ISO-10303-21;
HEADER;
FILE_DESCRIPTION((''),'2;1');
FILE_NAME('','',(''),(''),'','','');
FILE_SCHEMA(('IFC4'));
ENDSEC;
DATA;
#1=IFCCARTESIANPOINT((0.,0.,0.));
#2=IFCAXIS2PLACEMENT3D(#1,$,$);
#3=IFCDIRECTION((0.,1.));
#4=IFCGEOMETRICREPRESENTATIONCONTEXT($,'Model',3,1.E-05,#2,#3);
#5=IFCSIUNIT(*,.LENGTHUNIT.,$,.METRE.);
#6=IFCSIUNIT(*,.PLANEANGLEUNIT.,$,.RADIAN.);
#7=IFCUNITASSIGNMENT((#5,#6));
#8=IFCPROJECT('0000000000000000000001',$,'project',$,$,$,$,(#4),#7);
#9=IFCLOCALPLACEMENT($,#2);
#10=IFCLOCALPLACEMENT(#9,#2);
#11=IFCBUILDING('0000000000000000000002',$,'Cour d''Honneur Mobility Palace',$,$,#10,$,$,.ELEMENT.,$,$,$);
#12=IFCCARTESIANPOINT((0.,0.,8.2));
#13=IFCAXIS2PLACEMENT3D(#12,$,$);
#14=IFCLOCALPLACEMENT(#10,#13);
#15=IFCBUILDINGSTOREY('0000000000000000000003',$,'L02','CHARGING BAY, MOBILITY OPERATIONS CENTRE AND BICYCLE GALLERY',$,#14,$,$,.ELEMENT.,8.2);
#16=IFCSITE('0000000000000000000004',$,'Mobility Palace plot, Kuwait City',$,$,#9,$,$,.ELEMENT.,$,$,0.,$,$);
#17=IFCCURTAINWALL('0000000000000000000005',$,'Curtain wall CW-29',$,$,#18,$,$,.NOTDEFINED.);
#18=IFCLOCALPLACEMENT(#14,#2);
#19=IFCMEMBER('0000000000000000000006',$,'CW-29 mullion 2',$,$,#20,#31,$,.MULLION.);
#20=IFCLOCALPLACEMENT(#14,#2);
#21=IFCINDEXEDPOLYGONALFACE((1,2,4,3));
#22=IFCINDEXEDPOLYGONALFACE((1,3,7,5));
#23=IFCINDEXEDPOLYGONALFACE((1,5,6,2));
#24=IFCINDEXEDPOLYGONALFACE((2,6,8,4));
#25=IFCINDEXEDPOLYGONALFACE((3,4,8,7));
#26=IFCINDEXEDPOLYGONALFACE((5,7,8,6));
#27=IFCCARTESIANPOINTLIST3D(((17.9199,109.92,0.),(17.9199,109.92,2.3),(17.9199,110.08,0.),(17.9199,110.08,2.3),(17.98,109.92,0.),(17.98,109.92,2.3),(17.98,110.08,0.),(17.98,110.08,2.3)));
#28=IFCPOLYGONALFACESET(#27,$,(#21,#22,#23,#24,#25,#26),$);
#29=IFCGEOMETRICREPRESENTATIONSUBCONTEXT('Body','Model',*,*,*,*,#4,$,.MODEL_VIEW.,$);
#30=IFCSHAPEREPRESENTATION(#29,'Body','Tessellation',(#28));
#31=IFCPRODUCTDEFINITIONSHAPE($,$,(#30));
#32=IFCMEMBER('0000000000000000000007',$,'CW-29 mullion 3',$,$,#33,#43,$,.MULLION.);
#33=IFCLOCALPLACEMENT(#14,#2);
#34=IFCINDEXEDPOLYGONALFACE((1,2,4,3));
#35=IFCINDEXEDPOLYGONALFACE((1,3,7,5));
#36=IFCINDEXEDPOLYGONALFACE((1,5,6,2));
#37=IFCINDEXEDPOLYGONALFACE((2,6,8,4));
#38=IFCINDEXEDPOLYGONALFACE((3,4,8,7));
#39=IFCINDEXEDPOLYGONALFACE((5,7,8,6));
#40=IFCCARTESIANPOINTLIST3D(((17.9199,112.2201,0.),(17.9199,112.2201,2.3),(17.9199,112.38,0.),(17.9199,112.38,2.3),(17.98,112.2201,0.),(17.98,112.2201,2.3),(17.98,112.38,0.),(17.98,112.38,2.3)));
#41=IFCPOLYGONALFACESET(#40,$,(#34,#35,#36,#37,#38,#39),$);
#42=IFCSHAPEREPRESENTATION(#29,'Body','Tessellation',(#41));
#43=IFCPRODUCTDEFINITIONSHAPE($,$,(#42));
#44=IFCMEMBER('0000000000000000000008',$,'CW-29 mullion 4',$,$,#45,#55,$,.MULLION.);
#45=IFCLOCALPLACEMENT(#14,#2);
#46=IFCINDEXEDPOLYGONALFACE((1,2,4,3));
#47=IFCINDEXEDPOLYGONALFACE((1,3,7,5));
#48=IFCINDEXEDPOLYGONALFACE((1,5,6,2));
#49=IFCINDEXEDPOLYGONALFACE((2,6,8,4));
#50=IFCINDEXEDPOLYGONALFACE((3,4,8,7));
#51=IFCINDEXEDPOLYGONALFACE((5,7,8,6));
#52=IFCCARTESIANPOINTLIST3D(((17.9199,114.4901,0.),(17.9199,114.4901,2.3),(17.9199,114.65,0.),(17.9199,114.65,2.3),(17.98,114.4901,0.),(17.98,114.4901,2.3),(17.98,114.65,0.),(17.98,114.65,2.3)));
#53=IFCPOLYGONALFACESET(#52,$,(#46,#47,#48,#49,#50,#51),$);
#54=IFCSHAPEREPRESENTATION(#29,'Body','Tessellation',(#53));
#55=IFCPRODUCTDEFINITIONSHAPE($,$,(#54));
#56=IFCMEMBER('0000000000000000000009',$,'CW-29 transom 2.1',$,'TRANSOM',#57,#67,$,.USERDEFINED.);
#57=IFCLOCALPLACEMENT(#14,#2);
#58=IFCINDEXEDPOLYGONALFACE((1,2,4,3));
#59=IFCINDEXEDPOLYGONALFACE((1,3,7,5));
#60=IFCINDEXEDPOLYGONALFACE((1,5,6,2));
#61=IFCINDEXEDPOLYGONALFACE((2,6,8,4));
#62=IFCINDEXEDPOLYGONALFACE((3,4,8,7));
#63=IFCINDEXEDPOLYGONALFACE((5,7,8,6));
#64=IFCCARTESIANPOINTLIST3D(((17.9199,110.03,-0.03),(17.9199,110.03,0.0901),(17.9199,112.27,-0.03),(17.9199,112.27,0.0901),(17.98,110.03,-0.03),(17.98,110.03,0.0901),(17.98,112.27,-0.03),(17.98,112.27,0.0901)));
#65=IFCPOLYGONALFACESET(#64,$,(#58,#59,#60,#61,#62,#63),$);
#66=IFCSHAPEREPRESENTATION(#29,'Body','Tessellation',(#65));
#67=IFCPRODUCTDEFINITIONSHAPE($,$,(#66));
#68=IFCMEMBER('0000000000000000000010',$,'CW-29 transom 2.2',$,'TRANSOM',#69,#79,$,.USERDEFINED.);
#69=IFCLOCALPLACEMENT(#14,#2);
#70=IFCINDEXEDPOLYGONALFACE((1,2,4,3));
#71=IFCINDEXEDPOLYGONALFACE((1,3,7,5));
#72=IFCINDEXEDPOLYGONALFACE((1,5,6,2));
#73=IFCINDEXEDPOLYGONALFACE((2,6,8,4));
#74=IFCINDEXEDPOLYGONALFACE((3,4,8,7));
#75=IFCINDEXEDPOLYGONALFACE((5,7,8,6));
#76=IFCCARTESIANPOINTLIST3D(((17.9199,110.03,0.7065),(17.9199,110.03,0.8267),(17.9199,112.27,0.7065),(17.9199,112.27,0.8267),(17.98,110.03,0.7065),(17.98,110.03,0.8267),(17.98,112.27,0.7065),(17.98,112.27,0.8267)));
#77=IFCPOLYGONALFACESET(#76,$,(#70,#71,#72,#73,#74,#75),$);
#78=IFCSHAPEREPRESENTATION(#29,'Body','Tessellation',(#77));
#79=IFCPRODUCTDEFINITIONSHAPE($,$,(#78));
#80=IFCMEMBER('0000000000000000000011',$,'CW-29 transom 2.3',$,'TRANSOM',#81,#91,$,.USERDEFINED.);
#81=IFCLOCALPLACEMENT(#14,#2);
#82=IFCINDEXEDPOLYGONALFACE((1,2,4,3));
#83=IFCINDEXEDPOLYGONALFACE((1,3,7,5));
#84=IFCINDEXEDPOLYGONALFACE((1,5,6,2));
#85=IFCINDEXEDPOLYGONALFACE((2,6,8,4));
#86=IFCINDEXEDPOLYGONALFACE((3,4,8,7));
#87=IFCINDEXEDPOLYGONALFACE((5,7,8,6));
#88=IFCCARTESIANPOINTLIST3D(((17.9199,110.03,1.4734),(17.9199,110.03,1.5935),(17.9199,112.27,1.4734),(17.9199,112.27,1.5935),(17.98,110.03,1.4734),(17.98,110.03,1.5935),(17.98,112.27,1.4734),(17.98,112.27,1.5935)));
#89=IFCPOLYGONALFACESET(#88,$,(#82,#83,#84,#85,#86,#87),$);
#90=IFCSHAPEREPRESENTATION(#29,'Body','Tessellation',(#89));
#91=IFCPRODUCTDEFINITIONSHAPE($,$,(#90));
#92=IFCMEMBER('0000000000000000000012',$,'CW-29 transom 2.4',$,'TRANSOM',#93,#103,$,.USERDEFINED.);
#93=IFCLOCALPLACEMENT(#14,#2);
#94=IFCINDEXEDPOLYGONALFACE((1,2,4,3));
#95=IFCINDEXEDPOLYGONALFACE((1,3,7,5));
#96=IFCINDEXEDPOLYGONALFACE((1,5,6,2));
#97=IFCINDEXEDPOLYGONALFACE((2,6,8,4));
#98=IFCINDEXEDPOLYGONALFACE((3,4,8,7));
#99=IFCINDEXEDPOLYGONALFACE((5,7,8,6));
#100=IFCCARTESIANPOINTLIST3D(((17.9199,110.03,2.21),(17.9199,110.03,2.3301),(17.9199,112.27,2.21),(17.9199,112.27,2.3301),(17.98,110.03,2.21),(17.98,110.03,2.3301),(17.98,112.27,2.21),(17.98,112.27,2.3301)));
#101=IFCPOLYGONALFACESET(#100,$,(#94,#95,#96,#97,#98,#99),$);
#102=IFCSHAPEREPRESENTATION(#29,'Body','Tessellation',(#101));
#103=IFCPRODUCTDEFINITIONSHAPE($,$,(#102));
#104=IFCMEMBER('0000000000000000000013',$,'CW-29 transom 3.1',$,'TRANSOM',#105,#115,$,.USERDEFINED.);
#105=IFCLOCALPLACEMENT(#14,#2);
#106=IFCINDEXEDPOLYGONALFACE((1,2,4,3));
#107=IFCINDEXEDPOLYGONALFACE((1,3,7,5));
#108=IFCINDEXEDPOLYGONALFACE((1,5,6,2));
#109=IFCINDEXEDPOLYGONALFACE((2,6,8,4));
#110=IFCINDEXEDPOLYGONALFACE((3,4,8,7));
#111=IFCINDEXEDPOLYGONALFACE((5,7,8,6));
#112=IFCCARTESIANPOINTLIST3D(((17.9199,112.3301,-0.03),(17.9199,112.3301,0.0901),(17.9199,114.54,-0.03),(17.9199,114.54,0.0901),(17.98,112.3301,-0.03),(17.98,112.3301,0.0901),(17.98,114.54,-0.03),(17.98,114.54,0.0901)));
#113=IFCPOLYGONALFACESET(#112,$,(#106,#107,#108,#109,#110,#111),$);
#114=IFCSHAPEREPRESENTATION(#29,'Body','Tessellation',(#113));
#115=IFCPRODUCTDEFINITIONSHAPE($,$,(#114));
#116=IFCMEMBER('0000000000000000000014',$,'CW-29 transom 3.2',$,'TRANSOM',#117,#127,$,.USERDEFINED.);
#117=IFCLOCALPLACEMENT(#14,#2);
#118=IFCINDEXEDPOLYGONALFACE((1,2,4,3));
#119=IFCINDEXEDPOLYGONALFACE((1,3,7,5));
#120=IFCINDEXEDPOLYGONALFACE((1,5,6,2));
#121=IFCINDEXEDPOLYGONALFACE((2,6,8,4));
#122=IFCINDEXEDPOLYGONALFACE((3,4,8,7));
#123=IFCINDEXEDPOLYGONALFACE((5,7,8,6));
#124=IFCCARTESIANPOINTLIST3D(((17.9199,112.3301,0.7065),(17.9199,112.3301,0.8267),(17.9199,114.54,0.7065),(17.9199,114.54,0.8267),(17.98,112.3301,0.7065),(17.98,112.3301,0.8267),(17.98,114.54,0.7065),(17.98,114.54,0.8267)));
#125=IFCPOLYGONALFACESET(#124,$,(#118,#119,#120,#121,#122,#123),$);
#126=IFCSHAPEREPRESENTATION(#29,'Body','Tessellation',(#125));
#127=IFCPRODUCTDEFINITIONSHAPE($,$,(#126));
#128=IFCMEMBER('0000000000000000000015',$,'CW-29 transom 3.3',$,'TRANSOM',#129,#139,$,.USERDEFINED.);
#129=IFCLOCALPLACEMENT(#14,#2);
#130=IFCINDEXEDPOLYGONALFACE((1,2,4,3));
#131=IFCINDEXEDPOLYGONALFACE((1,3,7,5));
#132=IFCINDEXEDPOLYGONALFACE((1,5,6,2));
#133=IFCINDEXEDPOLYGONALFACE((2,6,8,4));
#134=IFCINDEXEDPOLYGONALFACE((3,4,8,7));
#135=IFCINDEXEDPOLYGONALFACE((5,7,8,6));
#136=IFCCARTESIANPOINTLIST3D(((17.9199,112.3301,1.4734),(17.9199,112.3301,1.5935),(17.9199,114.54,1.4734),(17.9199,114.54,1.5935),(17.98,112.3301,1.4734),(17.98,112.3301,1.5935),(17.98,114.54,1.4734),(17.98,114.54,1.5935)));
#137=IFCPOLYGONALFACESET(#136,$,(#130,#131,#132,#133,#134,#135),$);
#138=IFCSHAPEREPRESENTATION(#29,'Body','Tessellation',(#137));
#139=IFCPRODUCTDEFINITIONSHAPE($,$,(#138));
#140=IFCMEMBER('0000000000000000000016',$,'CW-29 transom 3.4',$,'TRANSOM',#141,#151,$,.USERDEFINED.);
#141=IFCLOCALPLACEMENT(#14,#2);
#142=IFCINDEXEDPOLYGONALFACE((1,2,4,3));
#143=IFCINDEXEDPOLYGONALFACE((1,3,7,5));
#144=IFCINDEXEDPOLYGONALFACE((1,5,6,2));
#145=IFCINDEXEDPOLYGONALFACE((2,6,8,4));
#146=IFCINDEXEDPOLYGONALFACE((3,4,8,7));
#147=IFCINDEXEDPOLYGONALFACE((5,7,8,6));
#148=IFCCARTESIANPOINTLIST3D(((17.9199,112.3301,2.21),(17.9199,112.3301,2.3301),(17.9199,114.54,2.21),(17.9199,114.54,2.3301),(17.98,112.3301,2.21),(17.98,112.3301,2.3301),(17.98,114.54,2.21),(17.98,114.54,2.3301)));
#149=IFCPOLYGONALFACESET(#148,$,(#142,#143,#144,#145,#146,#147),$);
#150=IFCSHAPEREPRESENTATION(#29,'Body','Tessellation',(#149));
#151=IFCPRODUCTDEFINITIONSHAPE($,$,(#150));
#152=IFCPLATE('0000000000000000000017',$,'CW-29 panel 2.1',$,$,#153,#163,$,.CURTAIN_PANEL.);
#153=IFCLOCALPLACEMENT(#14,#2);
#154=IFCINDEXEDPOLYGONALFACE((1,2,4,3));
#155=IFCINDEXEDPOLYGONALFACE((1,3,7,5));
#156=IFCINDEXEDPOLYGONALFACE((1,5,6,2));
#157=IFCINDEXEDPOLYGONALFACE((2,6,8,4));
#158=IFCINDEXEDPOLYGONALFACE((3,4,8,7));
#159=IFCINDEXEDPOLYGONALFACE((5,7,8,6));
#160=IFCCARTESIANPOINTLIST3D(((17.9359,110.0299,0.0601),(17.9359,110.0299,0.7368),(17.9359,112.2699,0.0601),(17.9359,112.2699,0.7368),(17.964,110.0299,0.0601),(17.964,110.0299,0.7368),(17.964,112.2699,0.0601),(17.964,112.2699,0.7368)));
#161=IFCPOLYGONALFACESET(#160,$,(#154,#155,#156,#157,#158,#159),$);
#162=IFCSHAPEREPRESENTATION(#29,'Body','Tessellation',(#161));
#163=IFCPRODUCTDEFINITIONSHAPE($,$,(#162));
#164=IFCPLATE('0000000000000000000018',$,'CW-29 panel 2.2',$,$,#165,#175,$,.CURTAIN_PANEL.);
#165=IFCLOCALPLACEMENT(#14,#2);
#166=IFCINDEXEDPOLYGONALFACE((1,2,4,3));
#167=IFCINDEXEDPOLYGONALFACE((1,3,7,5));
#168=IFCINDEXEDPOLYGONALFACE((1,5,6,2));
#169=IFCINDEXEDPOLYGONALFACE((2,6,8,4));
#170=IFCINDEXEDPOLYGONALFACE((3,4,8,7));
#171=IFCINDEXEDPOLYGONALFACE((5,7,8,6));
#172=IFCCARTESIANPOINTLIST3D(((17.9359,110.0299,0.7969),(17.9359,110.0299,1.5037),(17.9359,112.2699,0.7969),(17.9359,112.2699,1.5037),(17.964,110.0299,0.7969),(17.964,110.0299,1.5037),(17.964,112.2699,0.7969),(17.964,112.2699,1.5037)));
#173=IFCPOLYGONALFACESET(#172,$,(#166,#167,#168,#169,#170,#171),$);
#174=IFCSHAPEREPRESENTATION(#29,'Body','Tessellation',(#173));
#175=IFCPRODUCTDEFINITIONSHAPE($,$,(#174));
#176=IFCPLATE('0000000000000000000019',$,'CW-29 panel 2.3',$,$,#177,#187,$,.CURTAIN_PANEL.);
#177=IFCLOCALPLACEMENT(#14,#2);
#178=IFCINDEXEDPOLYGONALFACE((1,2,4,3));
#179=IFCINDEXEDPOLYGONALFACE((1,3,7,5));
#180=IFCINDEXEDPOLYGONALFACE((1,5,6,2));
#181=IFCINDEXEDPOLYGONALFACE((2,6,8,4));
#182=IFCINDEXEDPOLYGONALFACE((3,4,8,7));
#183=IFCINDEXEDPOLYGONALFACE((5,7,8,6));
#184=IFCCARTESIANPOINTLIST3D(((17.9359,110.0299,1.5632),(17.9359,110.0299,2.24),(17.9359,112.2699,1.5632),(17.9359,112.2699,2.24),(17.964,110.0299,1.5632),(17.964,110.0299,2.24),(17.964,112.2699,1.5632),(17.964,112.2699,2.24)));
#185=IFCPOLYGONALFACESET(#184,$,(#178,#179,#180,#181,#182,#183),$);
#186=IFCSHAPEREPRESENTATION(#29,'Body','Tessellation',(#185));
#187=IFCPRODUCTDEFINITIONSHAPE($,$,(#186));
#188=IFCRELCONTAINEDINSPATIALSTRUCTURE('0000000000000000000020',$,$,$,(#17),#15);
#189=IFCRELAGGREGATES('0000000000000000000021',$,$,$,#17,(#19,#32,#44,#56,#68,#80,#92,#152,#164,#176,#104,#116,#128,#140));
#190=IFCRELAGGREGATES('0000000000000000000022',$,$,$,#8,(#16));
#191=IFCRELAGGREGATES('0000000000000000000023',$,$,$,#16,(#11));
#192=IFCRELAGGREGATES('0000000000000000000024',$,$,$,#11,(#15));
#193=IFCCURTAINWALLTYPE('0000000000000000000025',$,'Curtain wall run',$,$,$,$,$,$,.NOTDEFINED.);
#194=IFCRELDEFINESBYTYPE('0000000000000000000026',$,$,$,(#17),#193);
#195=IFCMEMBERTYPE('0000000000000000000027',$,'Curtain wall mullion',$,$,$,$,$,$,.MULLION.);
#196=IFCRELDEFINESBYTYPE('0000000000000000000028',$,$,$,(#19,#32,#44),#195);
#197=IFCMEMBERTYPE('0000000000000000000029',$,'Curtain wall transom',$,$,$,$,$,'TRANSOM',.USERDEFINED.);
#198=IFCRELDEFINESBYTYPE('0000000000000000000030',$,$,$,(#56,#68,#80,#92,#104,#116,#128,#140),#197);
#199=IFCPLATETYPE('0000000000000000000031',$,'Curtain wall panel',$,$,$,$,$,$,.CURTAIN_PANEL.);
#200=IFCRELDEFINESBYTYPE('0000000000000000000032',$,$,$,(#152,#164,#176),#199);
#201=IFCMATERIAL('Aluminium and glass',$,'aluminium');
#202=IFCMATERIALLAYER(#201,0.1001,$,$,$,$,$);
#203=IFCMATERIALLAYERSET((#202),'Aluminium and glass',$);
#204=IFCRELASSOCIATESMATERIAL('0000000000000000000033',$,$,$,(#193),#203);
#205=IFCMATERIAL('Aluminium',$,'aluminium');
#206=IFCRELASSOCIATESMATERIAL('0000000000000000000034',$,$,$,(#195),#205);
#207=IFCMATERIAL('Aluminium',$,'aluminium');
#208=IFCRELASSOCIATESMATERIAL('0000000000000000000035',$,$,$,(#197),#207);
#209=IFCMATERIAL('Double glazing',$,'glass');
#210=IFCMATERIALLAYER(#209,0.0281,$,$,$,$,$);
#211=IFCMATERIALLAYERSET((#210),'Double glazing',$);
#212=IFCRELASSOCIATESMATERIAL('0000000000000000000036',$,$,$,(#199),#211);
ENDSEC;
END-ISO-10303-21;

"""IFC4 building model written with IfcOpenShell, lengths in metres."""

from ifc_helpers import new_model, si_unit, direction, frame, origin, origin_2d, place, context, subcontext, project, spatial, rectangle, extrude, material, layer, layer_set, material_profile, profile_set, type_object, element, aggregate, save


model = new_model("IFC4")

# Units and contexts
model_context = context("Model", 3, precision=1e-05, world=origin(), true_north=direction((0.0, 1.0)))
body_context = subcontext(model_context, "Body", "Model", "MODEL_VIEW")
ifc_project = project(units=[si_unit("LENGTHUNIT", "METRE"), si_unit("PLANEANGLEUNIT", "RADIAN")], contexts=[model_context])

# Site, building, storey
site_placement = place(None, origin())
site = spatial("IfcSite", under=ifc_project, at=site_placement, Name="Mobility Palace plot, Kuwait City", CompositionType="ELEMENT", RefElevation=0.0)
building_placement = place(site_placement, origin())
building = spatial("IfcBuilding", under=site, at=building_placement, Name="Cour d'Honneur Mobility Palace", CompositionType="ELEMENT")
storey_placement = place(building_placement, frame((0.0, 0.0, 8.2)))
storey = spatial("IfcBuildingStorey", under=building, at=storey_placement, Name="L02", Description="CHARGING BAY, MOBILITY OPERATIONS CENTRE AND BICYCLE GALLERY", CompositionType="ELEMENT", Elevation=8.2)

# Curtain wall, members, plates
ifc_material_1 = material(Name="Aluminium and glass", Category="aluminium")
ifc_layer_1 = layer(ifc_material_1, 0.1001)
ifc_layer_set_1 = layer_set([ifc_layer_1], Name="Aluminium and glass")
curtain_wall_type = type_object("IfcCurtainWallType", Name="Curtain wall run", PredefinedType="NOTDEFINED", material=ifc_layer_set_1)
curtain_wall_placement = place(storey_placement, origin())
curtain_wall = element("IfcCurtainWall", 1, at=curtain_wall_placement, inside=storey, type_object=curtain_wall_type, Name="Curtain wall CW-29", PredefinedType="NOTDEFINED")
ifc_material_2 = material(Name="Aluminium", Category="aluminium")
ifc_material_profile_1 = material_profile(ifc_material_2, rectangle(XDim=0.0601, YDim=0.1599, at=origin_2d()), Name="Curtain wall mullion")
ifc_profile_set_1 = profile_set([ifc_material_profile_1], Name="Aluminium")
member_type_1 = type_object("IfcMemberType", Name="Curtain wall mullion", PredefinedType="MULLION", material=ifc_profile_set_1)
member_1_placement = place(storey_placement, frame((17.95, 110.0, 0.0), z_axis=(0.0, 0.0, 1.0), x_axis=(-1.0, 0.0, 0.0)))
member_1 = element("IfcMember", 2, at=member_1_placement, type_object=member_type_1, Name="CW-29 mullion 2", PredefinedType="MULLION", context=body_context, shape_type="SweptSolid", body=[
    extrude(rectangle(XDim=0.0601, YDim=0.1599, at=origin_2d()), origin(), (0.0, 0.0, 1.0), 2.3),
])
member_2_placement = place(storey_placement, frame((17.95, 112.3, 0.0), z_axis=(0.0, 0.0, 1.0), x_axis=(-1.0, 0.0, 0.0)))
member_2 = element("IfcMember", 3, at=member_2_placement, type_object=member_type_1, Name="CW-29 mullion 3", PredefinedType="MULLION", context=body_context, shape_type="SweptSolid", body=[
    extrude(rectangle(XDim=0.0601, YDim=0.1599, at=origin_2d()), origin(), (0.0, 0.0, 1.0), 2.3),
])
member_3_placement = place(storey_placement, frame((17.95, 114.5701, 0.0), z_axis=(0.0, 0.0, 1.0), x_axis=(-1.0, 0.0, 0.0)))
member_3 = element("IfcMember", 4, at=member_3_placement, type_object=member_type_1, Name="CW-29 mullion 4", PredefinedType="MULLION", context=body_context, shape_type="SweptSolid", body=[
    extrude(rectangle(XDim=0.0601, YDim=0.1599, at=origin_2d()), origin(), (0.0, 0.0, 1.0), 2.3),
])
ifc_material_3 = material(Name="Aluminium", Category="aluminium")
ifc_material_profile_2 = material_profile(ifc_material_3, rectangle(XDim=0.0601, YDim=0.1201, at=origin_2d()), Name="Curtain wall transom")
ifc_profile_set_2 = profile_set([ifc_material_profile_2], Name="Aluminium")
member_type_2 = type_object("IfcMemberType", Name="Curtain wall transom", ElementType="TRANSOM", PredefinedType="USERDEFINED", material=ifc_profile_set_2)
member_4_placement = place(storey_placement, frame((17.95, 110.03, 0.03), z_axis=(0.0, 1.0, 0.0), x_axis=(-1.0, 0.0, 0.0)))
member_4 = element("IfcMember", 5, at=member_4_placement, type_object=member_type_2, Name="CW-29 transom 2.1", ObjectType="TRANSOM", PredefinedType="USERDEFINED", context=body_context, shape_type="SweptSolid", body=[
    extrude(rectangle(XDim=0.0601, YDim=0.1201, at=origin_2d()), origin(), (0.0, 0.0, 1.0), 2.24),
])
member_5_placement = place(storey_placement, frame((17.95, 110.03, 0.7666), z_axis=(0.0, 1.0, 0.0), x_axis=(-1.0, 0.0, 0.0)))
member_5 = element("IfcMember", 6, at=member_5_placement, type_object=member_type_2, Name="CW-29 transom 2.2", ObjectType="TRANSOM", PredefinedType="USERDEFINED", context=body_context, shape_type="SweptSolid", body=[
    extrude(rectangle(XDim=0.0601, YDim=0.1201, at=origin_2d()), origin(), (0.0, 0.0, 1.0), 2.24),
])
member_6_placement = place(storey_placement, frame((17.95, 110.03, 1.5334), z_axis=(0.0, 1.0, 0.0), x_axis=(-1.0, 0.0, 0.0)))
member_6 = element("IfcMember", 7, at=member_6_placement, type_object=member_type_2, Name="CW-29 transom 2.3", ObjectType="TRANSOM", PredefinedType="USERDEFINED", context=body_context, shape_type="SweptSolid", body=[
    extrude(rectangle(XDim=0.0601, YDim=0.1201, at=origin_2d()), origin(), (0.0, 0.0, 1.0), 2.24),
])
member_7_placement = place(storey_placement, frame((17.95, 110.03, 2.27), z_axis=(0.0, 1.0, 0.0), x_axis=(-1.0, 0.0, 0.0)))
member_7 = element("IfcMember", 8, at=member_7_placement, type_object=member_type_2, Name="CW-29 transom 2.4", ObjectType="TRANSOM", PredefinedType="USERDEFINED", context=body_context, shape_type="SweptSolid", body=[
    extrude(rectangle(XDim=0.0601, YDim=0.1201, at=origin_2d()), origin(), (0.0, 0.0, 1.0), 2.24),
])
member_8_placement = place(storey_placement, frame((17.95, 112.3301, 0.03), z_axis=(0.0, 1.0, 0.0), x_axis=(-1.0, 0.0, 0.0)))
member_8 = element("IfcMember", 9, at=member_8_placement, type_object=member_type_2, Name="CW-29 transom 3.1", ObjectType="TRANSOM", PredefinedType="USERDEFINED", context=body_context, shape_type="SweptSolid", body=[
    extrude(rectangle(XDim=0.0601, YDim=0.1201, at=origin_2d()), origin(), (0.0, 0.0, 1.0), 2.21),
])
member_9_placement = place(storey_placement, frame((17.95, 112.3301, 0.7666), z_axis=(0.0, 1.0, 0.0), x_axis=(-1.0, 0.0, 0.0)))
member_9 = element("IfcMember", 10, at=member_9_placement, type_object=member_type_2, Name="CW-29 transom 3.2", ObjectType="TRANSOM", PredefinedType="USERDEFINED", context=body_context, shape_type="SweptSolid", body=[
    extrude(rectangle(XDim=0.0601, YDim=0.1201, at=origin_2d()), origin(), (0.0, 0.0, 1.0), 2.21),
])
member_10_placement = place(storey_placement, frame((17.95, 112.3301, 1.5334), z_axis=(0.0, 1.0, 0.0), x_axis=(-1.0, 0.0, 0.0)))
member_10 = element("IfcMember", 11, at=member_10_placement, type_object=member_type_2, Name="CW-29 transom 3.3", ObjectType="TRANSOM", PredefinedType="USERDEFINED", context=body_context, shape_type="SweptSolid", body=[
    extrude(rectangle(XDim=0.0601, YDim=0.1201, at=origin_2d()), origin(), (0.0, 0.0, 1.0), 2.21),
])
member_11_placement = place(storey_placement, frame((17.95, 112.3301, 2.27), z_axis=(0.0, 1.0, 0.0), x_axis=(-1.0, 0.0, 0.0)))
member_11 = element("IfcMember", 12, at=member_11_placement, type_object=member_type_2, Name="CW-29 transom 3.4", ObjectType="TRANSOM", PredefinedType="USERDEFINED", context=body_context, shape_type="SweptSolid", body=[
    extrude(rectangle(XDim=0.0601, YDim=0.1201, at=origin_2d()), origin(), (0.0, 0.0, 1.0), 2.21),
])
ifc_material_4 = material(Name="Double glazing", Category="glass")
ifc_layer_2 = layer(ifc_material_4, 0.0281)
ifc_layer_set_2 = layer_set([ifc_layer_2], Name="Double glazing")
plate_type = type_object("IfcPlateType", Name="Curtain wall panel", PredefinedType="CURTAIN_PANEL", material=ifc_layer_set_2)
plate_1_placement = place(storey_placement, frame((17.95, 111.1499, 0.0601), z_axis=(0.0, 0.0, 1.0), x_axis=(0.0, 1.0, 0.0)))
plate_1 = element("IfcPlate", 13, at=plate_1_placement, type_object=plate_type, Name="CW-29 panel 2.1", PredefinedType="CURTAIN_PANEL", context=body_context, shape_type="SweptSolid", body=[
    extrude(rectangle(XDim=2.24, YDim=0.0281, at=origin_2d()), origin(), (0.0, 0.0, 1.0), 0.6768),
])
plate_2_placement = place(storey_placement, frame((17.95, 111.1499, 0.7969), z_axis=(0.0, 0.0, 1.0), x_axis=(0.0, 1.0, 0.0)))
plate_2 = element("IfcPlate", 14, at=plate_2_placement, type_object=plate_type, Name="CW-29 panel 2.2", PredefinedType="CURTAIN_PANEL", context=body_context, shape_type="SweptSolid", body=[
    extrude(rectangle(XDim=2.24, YDim=0.0281, at=origin_2d()), origin(), (0.0, 0.0, 1.0), 0.7068),
])
plate_3_placement = place(storey_placement, frame((17.95, 111.1499, 1.5632), z_axis=(0.0, 0.0, 1.0), x_axis=(0.0, 1.0, 0.0)))
plate_3 = element("IfcPlate", 15, at=plate_3_placement, type_object=plate_type, Name="CW-29 panel 2.3", PredefinedType="CURTAIN_PANEL", context=body_context, shape_type="SweptSolid", body=[
    extrude(rectangle(XDim=2.24, YDim=0.0281, at=origin_2d()), origin(), (0.0, 0.0, 1.0), 0.6768),
])
aggregate(curtain_wall, [member_1, member_2, member_3, member_4, member_5, member_6, member_7, plate_1, plate_2, plate_3, member_8, member_9, member_10, member_11])

save(model, "model.ifc")
